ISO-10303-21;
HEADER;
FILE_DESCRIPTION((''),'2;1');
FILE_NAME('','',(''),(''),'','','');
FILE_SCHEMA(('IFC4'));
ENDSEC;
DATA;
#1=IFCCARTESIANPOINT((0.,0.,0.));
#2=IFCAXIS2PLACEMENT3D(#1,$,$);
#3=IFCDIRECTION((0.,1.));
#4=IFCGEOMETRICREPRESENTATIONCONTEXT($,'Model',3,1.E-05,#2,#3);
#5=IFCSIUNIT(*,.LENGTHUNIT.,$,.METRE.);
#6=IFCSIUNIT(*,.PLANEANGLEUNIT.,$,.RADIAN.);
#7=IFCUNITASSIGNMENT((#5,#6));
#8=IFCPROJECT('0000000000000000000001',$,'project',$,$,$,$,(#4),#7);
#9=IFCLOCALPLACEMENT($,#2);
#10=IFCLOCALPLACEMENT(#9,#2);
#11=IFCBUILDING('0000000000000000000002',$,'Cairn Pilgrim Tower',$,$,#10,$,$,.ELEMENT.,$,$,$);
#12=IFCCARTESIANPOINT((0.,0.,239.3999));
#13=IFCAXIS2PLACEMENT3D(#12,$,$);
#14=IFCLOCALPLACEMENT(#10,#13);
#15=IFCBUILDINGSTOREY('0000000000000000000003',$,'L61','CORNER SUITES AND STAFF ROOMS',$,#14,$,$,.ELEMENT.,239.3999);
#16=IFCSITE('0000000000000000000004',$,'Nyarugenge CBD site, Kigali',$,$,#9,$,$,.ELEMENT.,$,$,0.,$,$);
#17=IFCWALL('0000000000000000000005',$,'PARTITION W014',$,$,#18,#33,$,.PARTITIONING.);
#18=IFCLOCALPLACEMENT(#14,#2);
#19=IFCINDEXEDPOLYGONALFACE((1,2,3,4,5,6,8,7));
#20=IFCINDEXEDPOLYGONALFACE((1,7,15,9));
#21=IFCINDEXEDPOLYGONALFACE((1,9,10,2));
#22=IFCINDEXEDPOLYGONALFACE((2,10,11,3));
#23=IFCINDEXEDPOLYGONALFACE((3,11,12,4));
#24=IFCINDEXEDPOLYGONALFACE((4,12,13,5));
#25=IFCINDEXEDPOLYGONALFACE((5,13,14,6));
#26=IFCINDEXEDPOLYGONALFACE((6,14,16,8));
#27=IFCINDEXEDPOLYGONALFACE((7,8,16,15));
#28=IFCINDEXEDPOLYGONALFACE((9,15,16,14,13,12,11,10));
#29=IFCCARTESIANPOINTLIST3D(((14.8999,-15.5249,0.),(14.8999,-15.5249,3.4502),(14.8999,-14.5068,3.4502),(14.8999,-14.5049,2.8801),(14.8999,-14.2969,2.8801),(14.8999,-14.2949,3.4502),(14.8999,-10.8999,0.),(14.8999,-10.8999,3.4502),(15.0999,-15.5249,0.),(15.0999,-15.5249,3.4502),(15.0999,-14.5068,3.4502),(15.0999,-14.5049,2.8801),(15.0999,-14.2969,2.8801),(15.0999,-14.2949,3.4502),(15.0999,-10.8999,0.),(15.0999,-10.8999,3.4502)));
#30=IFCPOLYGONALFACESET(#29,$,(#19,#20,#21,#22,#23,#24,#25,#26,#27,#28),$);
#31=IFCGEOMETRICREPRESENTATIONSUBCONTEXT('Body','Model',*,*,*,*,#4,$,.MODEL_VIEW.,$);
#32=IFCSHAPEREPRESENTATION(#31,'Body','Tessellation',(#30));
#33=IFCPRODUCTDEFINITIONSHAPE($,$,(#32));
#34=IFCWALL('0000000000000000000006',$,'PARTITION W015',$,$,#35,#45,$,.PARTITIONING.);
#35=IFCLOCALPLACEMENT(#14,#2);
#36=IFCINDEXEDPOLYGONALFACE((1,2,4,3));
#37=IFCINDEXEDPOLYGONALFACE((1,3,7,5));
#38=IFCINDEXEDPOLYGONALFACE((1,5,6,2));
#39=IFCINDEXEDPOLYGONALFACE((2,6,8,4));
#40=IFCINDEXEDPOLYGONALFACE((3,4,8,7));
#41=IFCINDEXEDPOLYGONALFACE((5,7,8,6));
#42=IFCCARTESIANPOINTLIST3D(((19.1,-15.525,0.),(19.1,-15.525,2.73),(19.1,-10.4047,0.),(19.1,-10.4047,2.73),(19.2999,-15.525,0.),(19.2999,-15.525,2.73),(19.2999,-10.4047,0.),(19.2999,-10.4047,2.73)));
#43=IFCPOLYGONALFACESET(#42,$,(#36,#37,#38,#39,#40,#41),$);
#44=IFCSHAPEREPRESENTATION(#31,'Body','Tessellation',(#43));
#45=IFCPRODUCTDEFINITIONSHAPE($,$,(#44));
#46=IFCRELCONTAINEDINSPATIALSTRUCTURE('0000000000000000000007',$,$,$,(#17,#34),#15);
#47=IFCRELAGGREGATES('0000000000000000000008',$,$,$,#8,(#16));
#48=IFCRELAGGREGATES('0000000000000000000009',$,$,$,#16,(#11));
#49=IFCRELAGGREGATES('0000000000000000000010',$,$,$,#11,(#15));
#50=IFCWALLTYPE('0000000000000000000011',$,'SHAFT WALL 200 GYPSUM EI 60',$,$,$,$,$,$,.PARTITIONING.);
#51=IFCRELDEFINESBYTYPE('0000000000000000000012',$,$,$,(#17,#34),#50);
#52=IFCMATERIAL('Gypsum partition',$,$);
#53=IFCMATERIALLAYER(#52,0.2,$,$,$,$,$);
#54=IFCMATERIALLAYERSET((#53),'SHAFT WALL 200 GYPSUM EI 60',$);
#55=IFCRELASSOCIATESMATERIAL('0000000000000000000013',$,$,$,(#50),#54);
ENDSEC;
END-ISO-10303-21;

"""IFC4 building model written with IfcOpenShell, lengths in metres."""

from ifc_helpers import new_model, si_unit, direction, frame, frame_2d, origin, place, context, subcontext, project, spatial, polyline, rectangle, outline, extrude, material, layer, layer_set, type_object, element, save


model = new_model("IFC4")

# Units and contexts
model_context = context("Model", 3, precision=1e-05, world=origin(), true_north=direction((0.0, 1.0)))
body_context = subcontext(model_context, "Body", "Model", "MODEL_VIEW")
ifc_project = project(units=[si_unit("LENGTHUNIT", "METRE"), si_unit("PLANEANGLEUNIT", "RADIAN")], contexts=[model_context])

# Site, building, storey
site_placement = place(None, origin())
site = spatial("IfcSite", under=ifc_project, at=site_placement, Name="Nyarugenge CBD site, Kigali", CompositionType="ELEMENT", RefElevation=0.0)
building_placement = place(site_placement, origin())
building = spatial("IfcBuilding", under=site, at=building_placement, Name="Cairn Pilgrim Tower", CompositionType="ELEMENT")
storey_placement = place(building_placement, frame((0.0, 0.0, 239.3999)))
storey = spatial("IfcBuildingStorey", under=building, at=storey_placement, Name="L61", Description="CORNER SUITES AND STAFF ROOMS", CompositionType="ELEMENT", Elevation=239.3999)

# Shared definitions
ifc_material_1 = material(Name="Gypsum partition")

# Walls
ifc_layer_1 = layer(ifc_material_1, 0.2)
ifc_layer_set_1 = layer_set([ifc_layer_1], Name="SHAFT WALL 200 GYPSUM EI 60")
wall_type_1 = type_object("IfcWallType", Name="SHAFT WALL 200 GYPSUM EI 60", PredefinedType="PARTITIONING", material=ifc_layer_set_1)
wall_1_placement = place(storey_placement, frame((15.0, -15.5249, 0.0), z_axis=(0.0, 0.0, 1.0), x_axis=(0.0, 1.0, 0.0)))
element("IfcWall", 1, at=wall_1_placement, inside=storey, type_object=wall_type_1, Name="PARTITION W014", PredefinedType="PARTITIONING", context=body_context, shape_type="SweptSolid", body=[
    extrude(outline(polyline([(0.0, 0.0), (4.625, 0.0), (4.625, 3.4502), (1.23, 3.4502), (1.228, 2.8801), (1.02, 2.8801), (1.0181, 3.4502), (0.0, 3.4502), (0.0, 0.0)])), frame((0.0, 0.1001, 0.0), z_axis=(0.0, -1.0, 0.0), x_axis=(1.0, 0.0, 0.0)), (0.0, 0.0, 1.0), 0.2),
])
wall_2_placement = place(storey_placement, frame((19.2, -15.5249, 0.0), z_axis=(0.0, 0.0, 1.0), x_axis=(0.0, 1.0, 0.0)))
element("IfcWall", 2, at=wall_2_placement, inside=storey, type_object=wall_type_1, Name="PARTITION W015", PredefinedType="PARTITIONING", context=body_context, shape_type="SweptSolid", body=[
    extrude(rectangle(XDim=5.1204, YDim=0.2, at=frame_2d((2.5601, 0.0))), origin(), (0.0, 0.0, 1.0), 2.73),
])

save(model, "model.ifc")
